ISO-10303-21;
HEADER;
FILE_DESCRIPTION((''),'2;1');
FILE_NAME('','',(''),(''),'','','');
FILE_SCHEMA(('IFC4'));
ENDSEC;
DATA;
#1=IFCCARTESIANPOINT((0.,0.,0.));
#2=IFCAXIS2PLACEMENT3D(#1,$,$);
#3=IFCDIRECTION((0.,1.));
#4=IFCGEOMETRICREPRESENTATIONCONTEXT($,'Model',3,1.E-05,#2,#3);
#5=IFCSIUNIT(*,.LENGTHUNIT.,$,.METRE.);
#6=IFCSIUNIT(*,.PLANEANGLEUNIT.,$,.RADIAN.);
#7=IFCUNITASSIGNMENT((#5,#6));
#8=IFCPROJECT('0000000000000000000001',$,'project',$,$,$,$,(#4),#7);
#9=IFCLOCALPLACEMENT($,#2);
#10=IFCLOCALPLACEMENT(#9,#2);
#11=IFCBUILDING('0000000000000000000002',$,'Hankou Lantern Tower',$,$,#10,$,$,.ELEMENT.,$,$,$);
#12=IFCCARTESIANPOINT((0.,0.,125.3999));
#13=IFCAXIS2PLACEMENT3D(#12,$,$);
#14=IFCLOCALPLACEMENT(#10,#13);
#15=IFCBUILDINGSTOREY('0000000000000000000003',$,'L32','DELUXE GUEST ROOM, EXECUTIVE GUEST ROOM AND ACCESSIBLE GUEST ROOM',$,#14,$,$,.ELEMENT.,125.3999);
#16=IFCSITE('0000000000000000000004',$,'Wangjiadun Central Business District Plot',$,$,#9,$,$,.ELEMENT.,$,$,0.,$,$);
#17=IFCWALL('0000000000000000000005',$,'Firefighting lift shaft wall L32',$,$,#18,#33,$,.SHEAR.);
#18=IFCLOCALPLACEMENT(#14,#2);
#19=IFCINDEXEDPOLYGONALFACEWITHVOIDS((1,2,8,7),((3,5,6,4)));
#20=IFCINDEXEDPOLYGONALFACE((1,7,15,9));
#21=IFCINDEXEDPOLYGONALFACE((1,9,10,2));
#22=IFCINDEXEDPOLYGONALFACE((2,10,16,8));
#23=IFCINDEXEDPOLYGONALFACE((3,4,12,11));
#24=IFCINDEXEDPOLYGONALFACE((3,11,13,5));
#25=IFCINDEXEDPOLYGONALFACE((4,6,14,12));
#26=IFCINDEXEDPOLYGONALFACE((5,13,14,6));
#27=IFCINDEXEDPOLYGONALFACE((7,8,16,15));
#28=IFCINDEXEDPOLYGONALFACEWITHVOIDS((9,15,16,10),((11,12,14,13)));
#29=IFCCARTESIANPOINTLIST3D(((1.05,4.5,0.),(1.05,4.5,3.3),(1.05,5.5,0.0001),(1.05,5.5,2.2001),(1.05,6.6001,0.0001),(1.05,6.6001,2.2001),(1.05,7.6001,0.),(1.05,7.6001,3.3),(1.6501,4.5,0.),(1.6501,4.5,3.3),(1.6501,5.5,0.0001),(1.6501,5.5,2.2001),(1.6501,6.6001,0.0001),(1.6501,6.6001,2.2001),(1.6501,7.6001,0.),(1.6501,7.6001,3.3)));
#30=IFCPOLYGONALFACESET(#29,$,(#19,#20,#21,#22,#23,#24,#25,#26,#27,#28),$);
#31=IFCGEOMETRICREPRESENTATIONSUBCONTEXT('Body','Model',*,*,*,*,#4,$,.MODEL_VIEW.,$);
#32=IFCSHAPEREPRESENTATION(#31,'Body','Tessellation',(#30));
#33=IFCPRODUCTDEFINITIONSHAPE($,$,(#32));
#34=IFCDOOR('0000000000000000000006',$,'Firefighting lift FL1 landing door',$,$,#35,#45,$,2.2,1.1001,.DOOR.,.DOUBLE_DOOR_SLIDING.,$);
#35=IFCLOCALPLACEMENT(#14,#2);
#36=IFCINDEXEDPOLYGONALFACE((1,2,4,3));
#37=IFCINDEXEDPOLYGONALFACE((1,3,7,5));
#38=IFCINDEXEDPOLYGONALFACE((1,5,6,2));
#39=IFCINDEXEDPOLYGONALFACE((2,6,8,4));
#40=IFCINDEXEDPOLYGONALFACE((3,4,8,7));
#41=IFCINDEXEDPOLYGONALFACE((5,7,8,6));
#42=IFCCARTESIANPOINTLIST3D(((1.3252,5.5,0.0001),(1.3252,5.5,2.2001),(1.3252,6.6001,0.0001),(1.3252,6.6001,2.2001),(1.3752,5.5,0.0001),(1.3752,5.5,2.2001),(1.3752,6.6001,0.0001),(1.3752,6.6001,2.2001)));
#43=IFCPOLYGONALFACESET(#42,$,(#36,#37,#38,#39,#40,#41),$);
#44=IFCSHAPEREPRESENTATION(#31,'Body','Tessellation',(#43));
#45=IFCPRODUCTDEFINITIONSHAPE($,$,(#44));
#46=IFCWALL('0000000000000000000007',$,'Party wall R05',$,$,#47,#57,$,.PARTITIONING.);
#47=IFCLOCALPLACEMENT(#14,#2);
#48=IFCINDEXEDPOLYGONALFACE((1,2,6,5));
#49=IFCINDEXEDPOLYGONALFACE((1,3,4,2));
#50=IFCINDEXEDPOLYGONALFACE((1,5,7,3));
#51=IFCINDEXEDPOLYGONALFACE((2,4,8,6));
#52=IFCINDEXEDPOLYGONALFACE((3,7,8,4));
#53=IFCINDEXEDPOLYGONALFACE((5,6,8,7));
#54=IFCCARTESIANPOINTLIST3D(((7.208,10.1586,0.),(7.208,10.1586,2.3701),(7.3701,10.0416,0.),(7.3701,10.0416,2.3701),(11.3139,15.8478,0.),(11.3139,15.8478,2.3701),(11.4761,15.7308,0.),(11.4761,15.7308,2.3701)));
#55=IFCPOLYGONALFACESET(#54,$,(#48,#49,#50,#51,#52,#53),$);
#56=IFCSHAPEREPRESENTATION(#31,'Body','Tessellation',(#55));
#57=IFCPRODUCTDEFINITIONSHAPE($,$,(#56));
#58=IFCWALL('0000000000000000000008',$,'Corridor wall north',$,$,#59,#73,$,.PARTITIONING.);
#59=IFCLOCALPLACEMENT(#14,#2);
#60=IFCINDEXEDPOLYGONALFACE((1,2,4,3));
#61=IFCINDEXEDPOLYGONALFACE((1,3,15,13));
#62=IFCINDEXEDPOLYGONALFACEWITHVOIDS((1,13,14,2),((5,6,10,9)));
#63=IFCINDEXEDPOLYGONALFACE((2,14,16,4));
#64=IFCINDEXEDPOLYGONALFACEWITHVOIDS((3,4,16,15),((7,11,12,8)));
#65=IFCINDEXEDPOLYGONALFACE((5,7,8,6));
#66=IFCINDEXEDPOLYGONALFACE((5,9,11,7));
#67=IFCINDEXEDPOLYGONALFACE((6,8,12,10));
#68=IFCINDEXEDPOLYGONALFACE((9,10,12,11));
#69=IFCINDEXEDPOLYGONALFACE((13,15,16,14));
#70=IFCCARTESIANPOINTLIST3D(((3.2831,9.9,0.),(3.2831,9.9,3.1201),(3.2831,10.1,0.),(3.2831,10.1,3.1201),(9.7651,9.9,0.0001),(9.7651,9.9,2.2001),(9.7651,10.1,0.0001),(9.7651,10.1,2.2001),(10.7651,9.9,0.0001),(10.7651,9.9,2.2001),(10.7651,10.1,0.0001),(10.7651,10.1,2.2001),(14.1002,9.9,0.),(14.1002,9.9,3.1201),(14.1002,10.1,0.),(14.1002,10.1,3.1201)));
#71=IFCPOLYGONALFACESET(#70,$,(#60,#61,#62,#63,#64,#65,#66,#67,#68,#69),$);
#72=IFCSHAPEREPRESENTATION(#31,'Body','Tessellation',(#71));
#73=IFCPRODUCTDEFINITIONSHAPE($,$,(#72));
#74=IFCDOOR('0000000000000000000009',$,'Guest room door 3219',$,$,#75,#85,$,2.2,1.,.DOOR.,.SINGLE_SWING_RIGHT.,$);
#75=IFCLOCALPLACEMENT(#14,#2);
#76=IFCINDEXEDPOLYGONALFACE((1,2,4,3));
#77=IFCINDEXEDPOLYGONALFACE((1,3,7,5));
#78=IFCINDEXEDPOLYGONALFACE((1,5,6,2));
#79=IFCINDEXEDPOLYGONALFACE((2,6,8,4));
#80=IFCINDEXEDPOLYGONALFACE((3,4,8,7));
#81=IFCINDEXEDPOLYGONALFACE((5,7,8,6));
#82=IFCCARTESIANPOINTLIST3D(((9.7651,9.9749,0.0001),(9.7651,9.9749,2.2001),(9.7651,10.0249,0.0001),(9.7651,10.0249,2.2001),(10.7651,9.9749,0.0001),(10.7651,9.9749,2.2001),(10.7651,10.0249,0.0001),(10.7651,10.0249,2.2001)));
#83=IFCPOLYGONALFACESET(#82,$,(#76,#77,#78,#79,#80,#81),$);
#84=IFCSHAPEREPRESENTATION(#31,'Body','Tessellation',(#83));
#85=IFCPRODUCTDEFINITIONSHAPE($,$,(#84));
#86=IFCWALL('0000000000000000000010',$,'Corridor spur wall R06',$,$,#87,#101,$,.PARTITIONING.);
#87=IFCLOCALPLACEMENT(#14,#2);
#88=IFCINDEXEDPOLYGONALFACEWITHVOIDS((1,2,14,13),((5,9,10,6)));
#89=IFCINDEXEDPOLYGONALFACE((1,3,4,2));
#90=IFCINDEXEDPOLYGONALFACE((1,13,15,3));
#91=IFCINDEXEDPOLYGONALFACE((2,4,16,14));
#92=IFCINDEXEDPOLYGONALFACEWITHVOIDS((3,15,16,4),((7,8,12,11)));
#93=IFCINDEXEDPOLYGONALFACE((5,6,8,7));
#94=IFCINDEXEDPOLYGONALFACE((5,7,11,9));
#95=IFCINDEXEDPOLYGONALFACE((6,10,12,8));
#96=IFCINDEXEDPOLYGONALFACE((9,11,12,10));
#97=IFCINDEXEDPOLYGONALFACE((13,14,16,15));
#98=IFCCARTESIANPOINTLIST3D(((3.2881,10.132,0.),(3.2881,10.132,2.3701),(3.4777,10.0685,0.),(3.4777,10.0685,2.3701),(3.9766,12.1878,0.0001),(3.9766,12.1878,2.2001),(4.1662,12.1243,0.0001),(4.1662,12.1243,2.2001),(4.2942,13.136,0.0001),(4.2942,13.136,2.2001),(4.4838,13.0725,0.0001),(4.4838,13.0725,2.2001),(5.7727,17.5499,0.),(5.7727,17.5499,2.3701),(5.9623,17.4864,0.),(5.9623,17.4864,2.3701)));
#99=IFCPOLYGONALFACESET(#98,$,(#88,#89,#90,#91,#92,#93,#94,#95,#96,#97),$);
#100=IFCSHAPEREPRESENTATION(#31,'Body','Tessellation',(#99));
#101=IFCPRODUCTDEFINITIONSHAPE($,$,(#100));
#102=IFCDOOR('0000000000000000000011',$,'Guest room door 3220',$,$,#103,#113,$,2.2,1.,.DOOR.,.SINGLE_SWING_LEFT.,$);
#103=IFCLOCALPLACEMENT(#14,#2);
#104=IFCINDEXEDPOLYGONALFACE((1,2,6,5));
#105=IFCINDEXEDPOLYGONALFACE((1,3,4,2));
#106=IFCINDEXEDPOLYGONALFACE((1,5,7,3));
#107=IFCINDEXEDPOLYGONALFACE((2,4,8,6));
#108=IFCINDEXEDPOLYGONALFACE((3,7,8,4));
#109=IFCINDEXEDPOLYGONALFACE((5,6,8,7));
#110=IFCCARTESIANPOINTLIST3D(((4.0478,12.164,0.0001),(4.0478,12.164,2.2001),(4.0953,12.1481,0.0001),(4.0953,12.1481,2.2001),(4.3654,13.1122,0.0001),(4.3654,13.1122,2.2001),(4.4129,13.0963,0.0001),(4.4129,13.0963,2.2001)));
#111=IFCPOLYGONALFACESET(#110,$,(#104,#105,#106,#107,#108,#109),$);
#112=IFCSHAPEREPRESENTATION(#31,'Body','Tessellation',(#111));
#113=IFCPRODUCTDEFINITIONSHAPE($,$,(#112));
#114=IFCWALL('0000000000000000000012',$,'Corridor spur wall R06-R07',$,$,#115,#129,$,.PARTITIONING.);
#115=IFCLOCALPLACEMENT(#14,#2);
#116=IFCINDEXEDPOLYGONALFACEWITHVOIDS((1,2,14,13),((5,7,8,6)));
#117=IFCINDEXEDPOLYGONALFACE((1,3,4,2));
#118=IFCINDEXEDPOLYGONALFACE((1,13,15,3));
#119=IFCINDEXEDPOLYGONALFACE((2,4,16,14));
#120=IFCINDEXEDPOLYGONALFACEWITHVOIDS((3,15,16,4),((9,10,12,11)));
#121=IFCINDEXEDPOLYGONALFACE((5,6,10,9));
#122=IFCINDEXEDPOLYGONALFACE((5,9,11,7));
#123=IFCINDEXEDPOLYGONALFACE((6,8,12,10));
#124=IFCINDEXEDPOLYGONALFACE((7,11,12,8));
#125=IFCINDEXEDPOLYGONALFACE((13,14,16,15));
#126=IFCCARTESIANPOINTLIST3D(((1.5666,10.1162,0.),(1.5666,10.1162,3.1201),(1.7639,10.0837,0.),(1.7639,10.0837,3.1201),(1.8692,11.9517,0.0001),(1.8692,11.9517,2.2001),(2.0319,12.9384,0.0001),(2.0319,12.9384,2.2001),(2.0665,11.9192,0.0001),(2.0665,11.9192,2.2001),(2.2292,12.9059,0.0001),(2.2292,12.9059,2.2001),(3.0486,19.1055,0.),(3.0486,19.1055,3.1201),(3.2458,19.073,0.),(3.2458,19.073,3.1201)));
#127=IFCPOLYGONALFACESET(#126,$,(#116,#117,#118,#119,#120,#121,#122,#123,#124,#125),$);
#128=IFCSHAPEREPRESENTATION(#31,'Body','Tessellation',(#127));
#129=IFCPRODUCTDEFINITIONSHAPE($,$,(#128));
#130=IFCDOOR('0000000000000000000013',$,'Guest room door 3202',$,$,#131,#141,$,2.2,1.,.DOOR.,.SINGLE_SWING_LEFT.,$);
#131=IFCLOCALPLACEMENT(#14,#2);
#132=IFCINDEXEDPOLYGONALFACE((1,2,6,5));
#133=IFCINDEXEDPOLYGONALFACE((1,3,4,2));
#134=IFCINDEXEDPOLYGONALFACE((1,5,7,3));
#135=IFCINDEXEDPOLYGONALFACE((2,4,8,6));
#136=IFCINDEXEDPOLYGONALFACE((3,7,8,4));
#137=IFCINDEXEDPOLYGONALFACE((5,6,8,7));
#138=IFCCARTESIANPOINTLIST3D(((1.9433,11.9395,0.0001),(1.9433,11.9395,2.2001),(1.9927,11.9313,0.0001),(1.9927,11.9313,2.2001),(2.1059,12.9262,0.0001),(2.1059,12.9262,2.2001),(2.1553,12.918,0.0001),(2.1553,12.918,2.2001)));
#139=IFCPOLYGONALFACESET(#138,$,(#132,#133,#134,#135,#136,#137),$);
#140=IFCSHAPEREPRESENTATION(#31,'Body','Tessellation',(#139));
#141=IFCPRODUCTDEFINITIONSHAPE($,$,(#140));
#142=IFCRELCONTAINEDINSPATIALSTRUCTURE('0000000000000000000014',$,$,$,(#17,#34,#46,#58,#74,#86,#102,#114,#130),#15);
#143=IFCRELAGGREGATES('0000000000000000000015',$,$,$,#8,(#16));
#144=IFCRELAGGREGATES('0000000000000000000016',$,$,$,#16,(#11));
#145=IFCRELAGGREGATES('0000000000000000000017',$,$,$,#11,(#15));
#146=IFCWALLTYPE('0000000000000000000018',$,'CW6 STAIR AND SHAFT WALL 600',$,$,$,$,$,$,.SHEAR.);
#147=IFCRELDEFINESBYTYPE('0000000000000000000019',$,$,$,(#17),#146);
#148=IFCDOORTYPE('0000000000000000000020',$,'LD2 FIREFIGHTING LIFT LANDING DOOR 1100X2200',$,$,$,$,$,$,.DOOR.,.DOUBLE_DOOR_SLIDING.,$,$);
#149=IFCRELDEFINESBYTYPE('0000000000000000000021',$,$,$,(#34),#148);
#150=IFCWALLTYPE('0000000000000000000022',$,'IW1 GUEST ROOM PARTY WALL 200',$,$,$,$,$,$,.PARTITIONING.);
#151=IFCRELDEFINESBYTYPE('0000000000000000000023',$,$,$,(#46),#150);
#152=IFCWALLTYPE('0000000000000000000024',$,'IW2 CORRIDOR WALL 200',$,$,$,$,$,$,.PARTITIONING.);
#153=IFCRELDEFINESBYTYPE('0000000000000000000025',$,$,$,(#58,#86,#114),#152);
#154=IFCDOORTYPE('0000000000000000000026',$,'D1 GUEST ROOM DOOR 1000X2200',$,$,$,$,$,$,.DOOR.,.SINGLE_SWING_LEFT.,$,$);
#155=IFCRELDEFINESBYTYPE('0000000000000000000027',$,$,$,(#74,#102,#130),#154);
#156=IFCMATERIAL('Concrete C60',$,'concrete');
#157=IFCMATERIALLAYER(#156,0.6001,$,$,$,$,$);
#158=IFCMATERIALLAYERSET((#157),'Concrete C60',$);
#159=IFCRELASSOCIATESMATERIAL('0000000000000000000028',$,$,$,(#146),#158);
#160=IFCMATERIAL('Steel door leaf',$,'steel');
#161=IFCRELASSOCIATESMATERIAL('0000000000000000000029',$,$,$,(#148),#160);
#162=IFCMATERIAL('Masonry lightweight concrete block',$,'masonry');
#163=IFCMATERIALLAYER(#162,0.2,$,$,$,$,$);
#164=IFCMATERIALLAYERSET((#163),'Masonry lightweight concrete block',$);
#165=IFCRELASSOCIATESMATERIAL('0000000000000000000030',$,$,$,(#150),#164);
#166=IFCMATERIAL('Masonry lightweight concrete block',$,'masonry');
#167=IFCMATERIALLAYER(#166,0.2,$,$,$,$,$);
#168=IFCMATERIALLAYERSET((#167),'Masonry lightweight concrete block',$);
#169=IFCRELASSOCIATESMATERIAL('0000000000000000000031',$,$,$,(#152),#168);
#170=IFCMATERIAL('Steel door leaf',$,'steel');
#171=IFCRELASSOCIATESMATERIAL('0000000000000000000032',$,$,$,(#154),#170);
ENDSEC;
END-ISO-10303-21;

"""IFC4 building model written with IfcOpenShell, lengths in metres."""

from ifc_helpers import new_model, si_unit, direction, frame, frame_2d, origin, place, context, subcontext, project, spatial, rectangle, extrude, material, layer, layer_set, type_object, element, fill, save


model = new_model("IFC4")

# Units and contexts
model_context = context("Model", 3, precision=1e-05, world=origin(), true_north=direction((0.0, 1.0)))
body_context = subcontext(model_context, "Body", "Model", "MODEL_VIEW")
ifc_project = project(units=[si_unit("LENGTHUNIT", "METRE"), si_unit("PLANEANGLEUNIT", "RADIAN")], contexts=[model_context])

# Site, building, storey
site_placement = place(None, origin())
site = spatial("IfcSite", under=ifc_project, at=site_placement, Name="Wangjiadun Central Business District Plot", CompositionType="ELEMENT", RefElevation=0.0)
building_placement = place(site_placement, origin())
building = spatial("IfcBuilding", under=site, at=building_placement, Name="Hankou Lantern Tower", CompositionType="ELEMENT")
storey_placement = place(building_placement, frame((0.0, 0.0, 125.3999)))
storey = spatial("IfcBuildingStorey", under=building, at=storey_placement, Name="L32", Description="DELUXE GUEST ROOM, EXECUTIVE GUEST ROOM AND ACCESSIBLE GUEST ROOM", CompositionType="ELEMENT", Elevation=125.3999)

# Wall, opening, door
ifc_material_1 = material(Name="Concrete C60", Category="concrete")
ifc_layer_1 = layer(ifc_material_1, 0.6001)
ifc_layer_set_1 = layer_set([ifc_layer_1], Name="Concrete C60")
wall_type_1 = type_object("IfcWallType", Name="CW6 STAIR AND SHAFT WALL 600", PredefinedType="SHEAR", material=ifc_layer_set_1)
wall_1_placement = place(storey_placement, frame((1.3501, 4.5, 0.0), z_axis=(0.0, 0.0, 1.0), x_axis=(0.0, 1.0, 0.0)))
wall_1 = element("IfcWall", 1, at=wall_1_placement, inside=storey, type_object=wall_type_1, Name="Firefighting lift shaft wall L32", PredefinedType="SHEAR", context=body_context, shape_type="SweptSolid", body=[
    extrude(rectangle(XDim=3.1001, YDim=0.6001, at=frame_2d((1.55, 0.0))), origin(), (0.0, 0.0, 1.0), 3.3),
])
opening_1_placement = place(wall_1_placement, frame((1.0, 0.0, 0.0)))
opening_1 = element("IfcOpeningElement", 2, at=opening_1_placement, cuts=wall_1, PredefinedType="OPENING", context=body_context, shape_type="SweptSolid", body=[
    extrude(rectangle(XDim=1.1001, YDim=2.2, at=frame_2d((0.55, 1.1001))), frame((0.0, 0.3101, 0.0), z_axis=(0.0, -1.0, 0.0), x_axis=(1.0, 0.0, 0.0)), (0.0, 0.0, 1.0), 0.6201),
])
ifc_material_2 = material(Name="Steel door leaf", Category="steel")
door_type_1 = type_object("IfcDoorType", Name="LD2 FIREFIGHTING LIFT LANDING DOOR 1100X2200", OperationType="DOUBLE_DOOR_SLIDING", PredefinedType="DOOR", material=ifc_material_2)
door_1_placement = place(opening_1_placement, origin())
door_1 = element("IfcDoor", 3, at=door_1_placement, inside=storey, type_object=door_type_1, Name="Firefighting lift FL1 landing door", OperationType="DOUBLE_DOOR_SLIDING", OverallHeight=2.2, OverallWidth=1.1001, PredefinedType="DOOR", context=body_context, shape_type="SweptSolid", body=[
    extrude(rectangle(XDim=1.1001, YDim=2.2, at=frame_2d((0.55, 1.1001))), frame((0.0, 0.0249, 0.0), z_axis=(0.0, -1.0, 0.0), x_axis=(1.0, 0.0, 0.0)), (0.0, 0.0, 1.0), 0.05),
])
fill(opening_1, door_1)

# Wall
ifc_material_3 = material(Name="Masonry lightweight concrete block", Category="masonry")
ifc_layer_2 = layer(ifc_material_3, 0.2)
ifc_layer_set_2 = layer_set([ifc_layer_2], Name="Masonry lightweight concrete block")
wall_type_2 = type_object("IfcWallType", Name="IW1 GUEST ROOM PARTY WALL 200", PredefinedType="PARTITIONING", material=ifc_layer_set_2)
wall_2_placement = place(storey_placement, frame((7.2891, 10.1001, 0.0), z_axis=(0.0, 0.0, 1.0), x_axis=(0.585217, 0.810876, 0.0)))
element("IfcWall", 4, at=wall_2_placement, inside=storey, type_object=wall_type_2, Name="Party wall R05", PredefinedType="PARTITIONING", context=body_context, shape_type="SweptSolid", body=[
    extrude(rectangle(XDim=7.0161, YDim=0.2, at=frame_2d((3.5081, 0.0))), origin(), (0.0, 0.0, 1.0), 2.3701),
])

# Walls, openings, doors
ifc_material_4 = material(Name="Masonry lightweight concrete block", Category="masonry")
ifc_layer_3 = layer(ifc_material_4, 0.2)
ifc_layer_set_3 = layer_set([ifc_layer_3], Name="Masonry lightweight concrete block")
wall_type_3 = type_object("IfcWallType", Name="IW2 CORRIDOR WALL 200", PredefinedType="PARTITIONING", material=ifc_layer_set_3)
wall_3_placement = place(storey_placement, frame((3.283, 10.0, 0.0), z_axis=(0.0, 0.0, 1.0), x_axis=(1.0, 0.0, 0.0)))
wall_3 = element("IfcWall", 5, at=wall_3_placement, inside=storey, type_object=wall_type_3, Name="Corridor wall north", PredefinedType="PARTITIONING", context=body_context, shape_type="SweptSolid", body=[
    extrude(rectangle(XDim=10.8171, YDim=0.2, at=frame_2d((5.4087, 0.0))), origin(), (0.0, 0.0, 1.0), 3.1201),
])
opening_2_placement = place(wall_3_placement, frame((6.4822, 0.0, 0.0)))
opening_2 = element("IfcOpeningElement", 6, at=opening_2_placement, cuts=wall_3, PredefinedType="OPENING", context=body_context, shape_type="SweptSolid", body=[
    extrude(rectangle(XDim=1.0, YDim=2.2, at=frame_2d((0.5, 1.1001))), frame((0.0, 0.1099, 0.0), z_axis=(0.0, -1.0, 0.0), x_axis=(1.0, 0.0, 0.0)), (0.0, 0.0, 1.0), 0.22),
])
ifc_material_5 = material(Name="Steel door leaf", Category="steel")
door_type_2 = type_object("IfcDoorType", Name="D1 GUEST ROOM DOOR 1000X2200", OperationType="SINGLE_SWING_LEFT", PredefinedType="DOOR", material=ifc_material_5)
door_2_placement = place(opening_2_placement, origin())
door_2 = element("IfcDoor", 7, at=door_2_placement, inside=storey, type_object=door_type_2, Name="Guest room door 3219", OperationType="SINGLE_SWING_RIGHT", OverallHeight=2.2, OverallWidth=1.0, PredefinedType="DOOR", context=body_context, shape_type="SweptSolid", body=[
    extrude(rectangle(XDim=1.0, YDim=2.2, at=frame_2d((0.5, 1.1001))), frame((0.0, 0.0249, 0.0), z_axis=(0.0, -1.0, 0.0), x_axis=(1.0, 0.0, 0.0)), (0.0, 0.0, 1.0), 0.05),
])
fill(opening_2, door_2)
wall_4_placement = place(storey_placement, frame((3.3828, 10.1001, 0.0), z_axis=(0.0, 0.0, 1.0), x_axis=(0.317604, 0.948224, 0.0)))
wall_4 = element("IfcWall", 8, at=wall_4_placement, inside=storey, type_object=wall_type_3, Name="Corridor spur wall R06", PredefinedType="PARTITIONING", context=body_context, shape_type="SweptSolid", body=[
    extrude(rectangle(XDim=7.823, YDim=0.2, at=frame_2d((3.9116, 0.0))), origin(), (0.0, 0.0, 1.0), 2.3701),
])
opening_3_placement = place(wall_4_placement, frame((2.1682, 0.0, 0.0)))
opening_3 = element("IfcOpeningElement", 9, at=opening_3_placement, cuts=wall_4, PredefinedType="OPENING", context=body_context, shape_type="SweptSolid", body=[
    extrude(rectangle(XDim=1.0, YDim=2.2, at=frame_2d((0.5, 1.1001))), frame((0.0, 0.1099, 0.0), z_axis=(0.0, -1.0, 0.0), x_axis=(1.0, 0.0, 0.0)), (0.0, 0.0, 1.0), 0.22),
])
door_3_placement = place(opening_3_placement, origin())
door_3 = element("IfcDoor", 10, at=door_3_placement, inside=storey, type_object=door_type_2, Name="Guest room door 3220", OperationType="SINGLE_SWING_LEFT", OverallHeight=2.2, OverallWidth=1.0, PredefinedType="DOOR", context=body_context, shape_type="SweptSolid", body=[
    extrude(rectangle(XDim=1.0, YDim=2.2, at=frame_2d((0.5, 1.1001))), frame((0.0, 0.0249, 0.0), z_axis=(0.0, -1.0, 0.0), x_axis=(1.0, 0.0, 0.0)), (0.0, 0.0, 1.0), 0.05),
])
fill(opening_3, door_3)
wall_5_placement = place(storey_placement, frame((1.6653, 10.1001, 0.0), z_axis=(0.0, 0.0, 1.0), x_axis=(0.162661, 0.986682, 0.0)))
wall_5 = element("IfcWall", 11, at=wall_5_placement, inside=storey, type_object=wall_type_3, Name="Corridor spur wall R06-R07", PredefinedType="PARTITIONING", context=body_context, shape_type="SweptSolid", body=[
    extrude(rectangle(XDim=9.1106, YDim=0.2, at=frame_2d((4.5552, 0.0))), origin(), (0.0, 0.0, 1.0), 3.1201),
])
opening_4_placement = place(wall_5_placement, frame((1.8601, 0.0, 0.0)))
opening_4 = element("IfcOpeningElement", 12, at=opening_4_placement, cuts=wall_5, PredefinedType="OPENING", context=body_context, shape_type="SweptSolid", body=[
    extrude(rectangle(XDim=1.0, YDim=2.2, at=frame_2d((0.5, 1.1001))), frame((0.0, 0.1099, 0.0), z_axis=(0.0, -1.0, 0.0), x_axis=(1.0, 0.0, 0.0)), (0.0, 0.0, 1.0), 0.22),
])
door_4_placement = place(opening_4_placement, origin())
door_4 = element("IfcDoor", 13, at=door_4_placement, inside=storey, type_object=door_type_2, Name="Guest room door 3202", OperationType="SINGLE_SWING_LEFT", OverallHeight=2.2, OverallWidth=1.0, PredefinedType="DOOR", context=body_context, shape_type="SweptSolid", body=[
    extrude(rectangle(XDim=1.0, YDim=2.2, at=frame_2d((0.5, 1.1001))), frame((0.0, 0.0249, 0.0), z_axis=(0.0, -1.0, 0.0), x_axis=(1.0, 0.0, 0.0)), (0.0, 0.0, 1.0), 0.05),
])
fill(opening_4, door_4)

save(model, "model.ifc")
